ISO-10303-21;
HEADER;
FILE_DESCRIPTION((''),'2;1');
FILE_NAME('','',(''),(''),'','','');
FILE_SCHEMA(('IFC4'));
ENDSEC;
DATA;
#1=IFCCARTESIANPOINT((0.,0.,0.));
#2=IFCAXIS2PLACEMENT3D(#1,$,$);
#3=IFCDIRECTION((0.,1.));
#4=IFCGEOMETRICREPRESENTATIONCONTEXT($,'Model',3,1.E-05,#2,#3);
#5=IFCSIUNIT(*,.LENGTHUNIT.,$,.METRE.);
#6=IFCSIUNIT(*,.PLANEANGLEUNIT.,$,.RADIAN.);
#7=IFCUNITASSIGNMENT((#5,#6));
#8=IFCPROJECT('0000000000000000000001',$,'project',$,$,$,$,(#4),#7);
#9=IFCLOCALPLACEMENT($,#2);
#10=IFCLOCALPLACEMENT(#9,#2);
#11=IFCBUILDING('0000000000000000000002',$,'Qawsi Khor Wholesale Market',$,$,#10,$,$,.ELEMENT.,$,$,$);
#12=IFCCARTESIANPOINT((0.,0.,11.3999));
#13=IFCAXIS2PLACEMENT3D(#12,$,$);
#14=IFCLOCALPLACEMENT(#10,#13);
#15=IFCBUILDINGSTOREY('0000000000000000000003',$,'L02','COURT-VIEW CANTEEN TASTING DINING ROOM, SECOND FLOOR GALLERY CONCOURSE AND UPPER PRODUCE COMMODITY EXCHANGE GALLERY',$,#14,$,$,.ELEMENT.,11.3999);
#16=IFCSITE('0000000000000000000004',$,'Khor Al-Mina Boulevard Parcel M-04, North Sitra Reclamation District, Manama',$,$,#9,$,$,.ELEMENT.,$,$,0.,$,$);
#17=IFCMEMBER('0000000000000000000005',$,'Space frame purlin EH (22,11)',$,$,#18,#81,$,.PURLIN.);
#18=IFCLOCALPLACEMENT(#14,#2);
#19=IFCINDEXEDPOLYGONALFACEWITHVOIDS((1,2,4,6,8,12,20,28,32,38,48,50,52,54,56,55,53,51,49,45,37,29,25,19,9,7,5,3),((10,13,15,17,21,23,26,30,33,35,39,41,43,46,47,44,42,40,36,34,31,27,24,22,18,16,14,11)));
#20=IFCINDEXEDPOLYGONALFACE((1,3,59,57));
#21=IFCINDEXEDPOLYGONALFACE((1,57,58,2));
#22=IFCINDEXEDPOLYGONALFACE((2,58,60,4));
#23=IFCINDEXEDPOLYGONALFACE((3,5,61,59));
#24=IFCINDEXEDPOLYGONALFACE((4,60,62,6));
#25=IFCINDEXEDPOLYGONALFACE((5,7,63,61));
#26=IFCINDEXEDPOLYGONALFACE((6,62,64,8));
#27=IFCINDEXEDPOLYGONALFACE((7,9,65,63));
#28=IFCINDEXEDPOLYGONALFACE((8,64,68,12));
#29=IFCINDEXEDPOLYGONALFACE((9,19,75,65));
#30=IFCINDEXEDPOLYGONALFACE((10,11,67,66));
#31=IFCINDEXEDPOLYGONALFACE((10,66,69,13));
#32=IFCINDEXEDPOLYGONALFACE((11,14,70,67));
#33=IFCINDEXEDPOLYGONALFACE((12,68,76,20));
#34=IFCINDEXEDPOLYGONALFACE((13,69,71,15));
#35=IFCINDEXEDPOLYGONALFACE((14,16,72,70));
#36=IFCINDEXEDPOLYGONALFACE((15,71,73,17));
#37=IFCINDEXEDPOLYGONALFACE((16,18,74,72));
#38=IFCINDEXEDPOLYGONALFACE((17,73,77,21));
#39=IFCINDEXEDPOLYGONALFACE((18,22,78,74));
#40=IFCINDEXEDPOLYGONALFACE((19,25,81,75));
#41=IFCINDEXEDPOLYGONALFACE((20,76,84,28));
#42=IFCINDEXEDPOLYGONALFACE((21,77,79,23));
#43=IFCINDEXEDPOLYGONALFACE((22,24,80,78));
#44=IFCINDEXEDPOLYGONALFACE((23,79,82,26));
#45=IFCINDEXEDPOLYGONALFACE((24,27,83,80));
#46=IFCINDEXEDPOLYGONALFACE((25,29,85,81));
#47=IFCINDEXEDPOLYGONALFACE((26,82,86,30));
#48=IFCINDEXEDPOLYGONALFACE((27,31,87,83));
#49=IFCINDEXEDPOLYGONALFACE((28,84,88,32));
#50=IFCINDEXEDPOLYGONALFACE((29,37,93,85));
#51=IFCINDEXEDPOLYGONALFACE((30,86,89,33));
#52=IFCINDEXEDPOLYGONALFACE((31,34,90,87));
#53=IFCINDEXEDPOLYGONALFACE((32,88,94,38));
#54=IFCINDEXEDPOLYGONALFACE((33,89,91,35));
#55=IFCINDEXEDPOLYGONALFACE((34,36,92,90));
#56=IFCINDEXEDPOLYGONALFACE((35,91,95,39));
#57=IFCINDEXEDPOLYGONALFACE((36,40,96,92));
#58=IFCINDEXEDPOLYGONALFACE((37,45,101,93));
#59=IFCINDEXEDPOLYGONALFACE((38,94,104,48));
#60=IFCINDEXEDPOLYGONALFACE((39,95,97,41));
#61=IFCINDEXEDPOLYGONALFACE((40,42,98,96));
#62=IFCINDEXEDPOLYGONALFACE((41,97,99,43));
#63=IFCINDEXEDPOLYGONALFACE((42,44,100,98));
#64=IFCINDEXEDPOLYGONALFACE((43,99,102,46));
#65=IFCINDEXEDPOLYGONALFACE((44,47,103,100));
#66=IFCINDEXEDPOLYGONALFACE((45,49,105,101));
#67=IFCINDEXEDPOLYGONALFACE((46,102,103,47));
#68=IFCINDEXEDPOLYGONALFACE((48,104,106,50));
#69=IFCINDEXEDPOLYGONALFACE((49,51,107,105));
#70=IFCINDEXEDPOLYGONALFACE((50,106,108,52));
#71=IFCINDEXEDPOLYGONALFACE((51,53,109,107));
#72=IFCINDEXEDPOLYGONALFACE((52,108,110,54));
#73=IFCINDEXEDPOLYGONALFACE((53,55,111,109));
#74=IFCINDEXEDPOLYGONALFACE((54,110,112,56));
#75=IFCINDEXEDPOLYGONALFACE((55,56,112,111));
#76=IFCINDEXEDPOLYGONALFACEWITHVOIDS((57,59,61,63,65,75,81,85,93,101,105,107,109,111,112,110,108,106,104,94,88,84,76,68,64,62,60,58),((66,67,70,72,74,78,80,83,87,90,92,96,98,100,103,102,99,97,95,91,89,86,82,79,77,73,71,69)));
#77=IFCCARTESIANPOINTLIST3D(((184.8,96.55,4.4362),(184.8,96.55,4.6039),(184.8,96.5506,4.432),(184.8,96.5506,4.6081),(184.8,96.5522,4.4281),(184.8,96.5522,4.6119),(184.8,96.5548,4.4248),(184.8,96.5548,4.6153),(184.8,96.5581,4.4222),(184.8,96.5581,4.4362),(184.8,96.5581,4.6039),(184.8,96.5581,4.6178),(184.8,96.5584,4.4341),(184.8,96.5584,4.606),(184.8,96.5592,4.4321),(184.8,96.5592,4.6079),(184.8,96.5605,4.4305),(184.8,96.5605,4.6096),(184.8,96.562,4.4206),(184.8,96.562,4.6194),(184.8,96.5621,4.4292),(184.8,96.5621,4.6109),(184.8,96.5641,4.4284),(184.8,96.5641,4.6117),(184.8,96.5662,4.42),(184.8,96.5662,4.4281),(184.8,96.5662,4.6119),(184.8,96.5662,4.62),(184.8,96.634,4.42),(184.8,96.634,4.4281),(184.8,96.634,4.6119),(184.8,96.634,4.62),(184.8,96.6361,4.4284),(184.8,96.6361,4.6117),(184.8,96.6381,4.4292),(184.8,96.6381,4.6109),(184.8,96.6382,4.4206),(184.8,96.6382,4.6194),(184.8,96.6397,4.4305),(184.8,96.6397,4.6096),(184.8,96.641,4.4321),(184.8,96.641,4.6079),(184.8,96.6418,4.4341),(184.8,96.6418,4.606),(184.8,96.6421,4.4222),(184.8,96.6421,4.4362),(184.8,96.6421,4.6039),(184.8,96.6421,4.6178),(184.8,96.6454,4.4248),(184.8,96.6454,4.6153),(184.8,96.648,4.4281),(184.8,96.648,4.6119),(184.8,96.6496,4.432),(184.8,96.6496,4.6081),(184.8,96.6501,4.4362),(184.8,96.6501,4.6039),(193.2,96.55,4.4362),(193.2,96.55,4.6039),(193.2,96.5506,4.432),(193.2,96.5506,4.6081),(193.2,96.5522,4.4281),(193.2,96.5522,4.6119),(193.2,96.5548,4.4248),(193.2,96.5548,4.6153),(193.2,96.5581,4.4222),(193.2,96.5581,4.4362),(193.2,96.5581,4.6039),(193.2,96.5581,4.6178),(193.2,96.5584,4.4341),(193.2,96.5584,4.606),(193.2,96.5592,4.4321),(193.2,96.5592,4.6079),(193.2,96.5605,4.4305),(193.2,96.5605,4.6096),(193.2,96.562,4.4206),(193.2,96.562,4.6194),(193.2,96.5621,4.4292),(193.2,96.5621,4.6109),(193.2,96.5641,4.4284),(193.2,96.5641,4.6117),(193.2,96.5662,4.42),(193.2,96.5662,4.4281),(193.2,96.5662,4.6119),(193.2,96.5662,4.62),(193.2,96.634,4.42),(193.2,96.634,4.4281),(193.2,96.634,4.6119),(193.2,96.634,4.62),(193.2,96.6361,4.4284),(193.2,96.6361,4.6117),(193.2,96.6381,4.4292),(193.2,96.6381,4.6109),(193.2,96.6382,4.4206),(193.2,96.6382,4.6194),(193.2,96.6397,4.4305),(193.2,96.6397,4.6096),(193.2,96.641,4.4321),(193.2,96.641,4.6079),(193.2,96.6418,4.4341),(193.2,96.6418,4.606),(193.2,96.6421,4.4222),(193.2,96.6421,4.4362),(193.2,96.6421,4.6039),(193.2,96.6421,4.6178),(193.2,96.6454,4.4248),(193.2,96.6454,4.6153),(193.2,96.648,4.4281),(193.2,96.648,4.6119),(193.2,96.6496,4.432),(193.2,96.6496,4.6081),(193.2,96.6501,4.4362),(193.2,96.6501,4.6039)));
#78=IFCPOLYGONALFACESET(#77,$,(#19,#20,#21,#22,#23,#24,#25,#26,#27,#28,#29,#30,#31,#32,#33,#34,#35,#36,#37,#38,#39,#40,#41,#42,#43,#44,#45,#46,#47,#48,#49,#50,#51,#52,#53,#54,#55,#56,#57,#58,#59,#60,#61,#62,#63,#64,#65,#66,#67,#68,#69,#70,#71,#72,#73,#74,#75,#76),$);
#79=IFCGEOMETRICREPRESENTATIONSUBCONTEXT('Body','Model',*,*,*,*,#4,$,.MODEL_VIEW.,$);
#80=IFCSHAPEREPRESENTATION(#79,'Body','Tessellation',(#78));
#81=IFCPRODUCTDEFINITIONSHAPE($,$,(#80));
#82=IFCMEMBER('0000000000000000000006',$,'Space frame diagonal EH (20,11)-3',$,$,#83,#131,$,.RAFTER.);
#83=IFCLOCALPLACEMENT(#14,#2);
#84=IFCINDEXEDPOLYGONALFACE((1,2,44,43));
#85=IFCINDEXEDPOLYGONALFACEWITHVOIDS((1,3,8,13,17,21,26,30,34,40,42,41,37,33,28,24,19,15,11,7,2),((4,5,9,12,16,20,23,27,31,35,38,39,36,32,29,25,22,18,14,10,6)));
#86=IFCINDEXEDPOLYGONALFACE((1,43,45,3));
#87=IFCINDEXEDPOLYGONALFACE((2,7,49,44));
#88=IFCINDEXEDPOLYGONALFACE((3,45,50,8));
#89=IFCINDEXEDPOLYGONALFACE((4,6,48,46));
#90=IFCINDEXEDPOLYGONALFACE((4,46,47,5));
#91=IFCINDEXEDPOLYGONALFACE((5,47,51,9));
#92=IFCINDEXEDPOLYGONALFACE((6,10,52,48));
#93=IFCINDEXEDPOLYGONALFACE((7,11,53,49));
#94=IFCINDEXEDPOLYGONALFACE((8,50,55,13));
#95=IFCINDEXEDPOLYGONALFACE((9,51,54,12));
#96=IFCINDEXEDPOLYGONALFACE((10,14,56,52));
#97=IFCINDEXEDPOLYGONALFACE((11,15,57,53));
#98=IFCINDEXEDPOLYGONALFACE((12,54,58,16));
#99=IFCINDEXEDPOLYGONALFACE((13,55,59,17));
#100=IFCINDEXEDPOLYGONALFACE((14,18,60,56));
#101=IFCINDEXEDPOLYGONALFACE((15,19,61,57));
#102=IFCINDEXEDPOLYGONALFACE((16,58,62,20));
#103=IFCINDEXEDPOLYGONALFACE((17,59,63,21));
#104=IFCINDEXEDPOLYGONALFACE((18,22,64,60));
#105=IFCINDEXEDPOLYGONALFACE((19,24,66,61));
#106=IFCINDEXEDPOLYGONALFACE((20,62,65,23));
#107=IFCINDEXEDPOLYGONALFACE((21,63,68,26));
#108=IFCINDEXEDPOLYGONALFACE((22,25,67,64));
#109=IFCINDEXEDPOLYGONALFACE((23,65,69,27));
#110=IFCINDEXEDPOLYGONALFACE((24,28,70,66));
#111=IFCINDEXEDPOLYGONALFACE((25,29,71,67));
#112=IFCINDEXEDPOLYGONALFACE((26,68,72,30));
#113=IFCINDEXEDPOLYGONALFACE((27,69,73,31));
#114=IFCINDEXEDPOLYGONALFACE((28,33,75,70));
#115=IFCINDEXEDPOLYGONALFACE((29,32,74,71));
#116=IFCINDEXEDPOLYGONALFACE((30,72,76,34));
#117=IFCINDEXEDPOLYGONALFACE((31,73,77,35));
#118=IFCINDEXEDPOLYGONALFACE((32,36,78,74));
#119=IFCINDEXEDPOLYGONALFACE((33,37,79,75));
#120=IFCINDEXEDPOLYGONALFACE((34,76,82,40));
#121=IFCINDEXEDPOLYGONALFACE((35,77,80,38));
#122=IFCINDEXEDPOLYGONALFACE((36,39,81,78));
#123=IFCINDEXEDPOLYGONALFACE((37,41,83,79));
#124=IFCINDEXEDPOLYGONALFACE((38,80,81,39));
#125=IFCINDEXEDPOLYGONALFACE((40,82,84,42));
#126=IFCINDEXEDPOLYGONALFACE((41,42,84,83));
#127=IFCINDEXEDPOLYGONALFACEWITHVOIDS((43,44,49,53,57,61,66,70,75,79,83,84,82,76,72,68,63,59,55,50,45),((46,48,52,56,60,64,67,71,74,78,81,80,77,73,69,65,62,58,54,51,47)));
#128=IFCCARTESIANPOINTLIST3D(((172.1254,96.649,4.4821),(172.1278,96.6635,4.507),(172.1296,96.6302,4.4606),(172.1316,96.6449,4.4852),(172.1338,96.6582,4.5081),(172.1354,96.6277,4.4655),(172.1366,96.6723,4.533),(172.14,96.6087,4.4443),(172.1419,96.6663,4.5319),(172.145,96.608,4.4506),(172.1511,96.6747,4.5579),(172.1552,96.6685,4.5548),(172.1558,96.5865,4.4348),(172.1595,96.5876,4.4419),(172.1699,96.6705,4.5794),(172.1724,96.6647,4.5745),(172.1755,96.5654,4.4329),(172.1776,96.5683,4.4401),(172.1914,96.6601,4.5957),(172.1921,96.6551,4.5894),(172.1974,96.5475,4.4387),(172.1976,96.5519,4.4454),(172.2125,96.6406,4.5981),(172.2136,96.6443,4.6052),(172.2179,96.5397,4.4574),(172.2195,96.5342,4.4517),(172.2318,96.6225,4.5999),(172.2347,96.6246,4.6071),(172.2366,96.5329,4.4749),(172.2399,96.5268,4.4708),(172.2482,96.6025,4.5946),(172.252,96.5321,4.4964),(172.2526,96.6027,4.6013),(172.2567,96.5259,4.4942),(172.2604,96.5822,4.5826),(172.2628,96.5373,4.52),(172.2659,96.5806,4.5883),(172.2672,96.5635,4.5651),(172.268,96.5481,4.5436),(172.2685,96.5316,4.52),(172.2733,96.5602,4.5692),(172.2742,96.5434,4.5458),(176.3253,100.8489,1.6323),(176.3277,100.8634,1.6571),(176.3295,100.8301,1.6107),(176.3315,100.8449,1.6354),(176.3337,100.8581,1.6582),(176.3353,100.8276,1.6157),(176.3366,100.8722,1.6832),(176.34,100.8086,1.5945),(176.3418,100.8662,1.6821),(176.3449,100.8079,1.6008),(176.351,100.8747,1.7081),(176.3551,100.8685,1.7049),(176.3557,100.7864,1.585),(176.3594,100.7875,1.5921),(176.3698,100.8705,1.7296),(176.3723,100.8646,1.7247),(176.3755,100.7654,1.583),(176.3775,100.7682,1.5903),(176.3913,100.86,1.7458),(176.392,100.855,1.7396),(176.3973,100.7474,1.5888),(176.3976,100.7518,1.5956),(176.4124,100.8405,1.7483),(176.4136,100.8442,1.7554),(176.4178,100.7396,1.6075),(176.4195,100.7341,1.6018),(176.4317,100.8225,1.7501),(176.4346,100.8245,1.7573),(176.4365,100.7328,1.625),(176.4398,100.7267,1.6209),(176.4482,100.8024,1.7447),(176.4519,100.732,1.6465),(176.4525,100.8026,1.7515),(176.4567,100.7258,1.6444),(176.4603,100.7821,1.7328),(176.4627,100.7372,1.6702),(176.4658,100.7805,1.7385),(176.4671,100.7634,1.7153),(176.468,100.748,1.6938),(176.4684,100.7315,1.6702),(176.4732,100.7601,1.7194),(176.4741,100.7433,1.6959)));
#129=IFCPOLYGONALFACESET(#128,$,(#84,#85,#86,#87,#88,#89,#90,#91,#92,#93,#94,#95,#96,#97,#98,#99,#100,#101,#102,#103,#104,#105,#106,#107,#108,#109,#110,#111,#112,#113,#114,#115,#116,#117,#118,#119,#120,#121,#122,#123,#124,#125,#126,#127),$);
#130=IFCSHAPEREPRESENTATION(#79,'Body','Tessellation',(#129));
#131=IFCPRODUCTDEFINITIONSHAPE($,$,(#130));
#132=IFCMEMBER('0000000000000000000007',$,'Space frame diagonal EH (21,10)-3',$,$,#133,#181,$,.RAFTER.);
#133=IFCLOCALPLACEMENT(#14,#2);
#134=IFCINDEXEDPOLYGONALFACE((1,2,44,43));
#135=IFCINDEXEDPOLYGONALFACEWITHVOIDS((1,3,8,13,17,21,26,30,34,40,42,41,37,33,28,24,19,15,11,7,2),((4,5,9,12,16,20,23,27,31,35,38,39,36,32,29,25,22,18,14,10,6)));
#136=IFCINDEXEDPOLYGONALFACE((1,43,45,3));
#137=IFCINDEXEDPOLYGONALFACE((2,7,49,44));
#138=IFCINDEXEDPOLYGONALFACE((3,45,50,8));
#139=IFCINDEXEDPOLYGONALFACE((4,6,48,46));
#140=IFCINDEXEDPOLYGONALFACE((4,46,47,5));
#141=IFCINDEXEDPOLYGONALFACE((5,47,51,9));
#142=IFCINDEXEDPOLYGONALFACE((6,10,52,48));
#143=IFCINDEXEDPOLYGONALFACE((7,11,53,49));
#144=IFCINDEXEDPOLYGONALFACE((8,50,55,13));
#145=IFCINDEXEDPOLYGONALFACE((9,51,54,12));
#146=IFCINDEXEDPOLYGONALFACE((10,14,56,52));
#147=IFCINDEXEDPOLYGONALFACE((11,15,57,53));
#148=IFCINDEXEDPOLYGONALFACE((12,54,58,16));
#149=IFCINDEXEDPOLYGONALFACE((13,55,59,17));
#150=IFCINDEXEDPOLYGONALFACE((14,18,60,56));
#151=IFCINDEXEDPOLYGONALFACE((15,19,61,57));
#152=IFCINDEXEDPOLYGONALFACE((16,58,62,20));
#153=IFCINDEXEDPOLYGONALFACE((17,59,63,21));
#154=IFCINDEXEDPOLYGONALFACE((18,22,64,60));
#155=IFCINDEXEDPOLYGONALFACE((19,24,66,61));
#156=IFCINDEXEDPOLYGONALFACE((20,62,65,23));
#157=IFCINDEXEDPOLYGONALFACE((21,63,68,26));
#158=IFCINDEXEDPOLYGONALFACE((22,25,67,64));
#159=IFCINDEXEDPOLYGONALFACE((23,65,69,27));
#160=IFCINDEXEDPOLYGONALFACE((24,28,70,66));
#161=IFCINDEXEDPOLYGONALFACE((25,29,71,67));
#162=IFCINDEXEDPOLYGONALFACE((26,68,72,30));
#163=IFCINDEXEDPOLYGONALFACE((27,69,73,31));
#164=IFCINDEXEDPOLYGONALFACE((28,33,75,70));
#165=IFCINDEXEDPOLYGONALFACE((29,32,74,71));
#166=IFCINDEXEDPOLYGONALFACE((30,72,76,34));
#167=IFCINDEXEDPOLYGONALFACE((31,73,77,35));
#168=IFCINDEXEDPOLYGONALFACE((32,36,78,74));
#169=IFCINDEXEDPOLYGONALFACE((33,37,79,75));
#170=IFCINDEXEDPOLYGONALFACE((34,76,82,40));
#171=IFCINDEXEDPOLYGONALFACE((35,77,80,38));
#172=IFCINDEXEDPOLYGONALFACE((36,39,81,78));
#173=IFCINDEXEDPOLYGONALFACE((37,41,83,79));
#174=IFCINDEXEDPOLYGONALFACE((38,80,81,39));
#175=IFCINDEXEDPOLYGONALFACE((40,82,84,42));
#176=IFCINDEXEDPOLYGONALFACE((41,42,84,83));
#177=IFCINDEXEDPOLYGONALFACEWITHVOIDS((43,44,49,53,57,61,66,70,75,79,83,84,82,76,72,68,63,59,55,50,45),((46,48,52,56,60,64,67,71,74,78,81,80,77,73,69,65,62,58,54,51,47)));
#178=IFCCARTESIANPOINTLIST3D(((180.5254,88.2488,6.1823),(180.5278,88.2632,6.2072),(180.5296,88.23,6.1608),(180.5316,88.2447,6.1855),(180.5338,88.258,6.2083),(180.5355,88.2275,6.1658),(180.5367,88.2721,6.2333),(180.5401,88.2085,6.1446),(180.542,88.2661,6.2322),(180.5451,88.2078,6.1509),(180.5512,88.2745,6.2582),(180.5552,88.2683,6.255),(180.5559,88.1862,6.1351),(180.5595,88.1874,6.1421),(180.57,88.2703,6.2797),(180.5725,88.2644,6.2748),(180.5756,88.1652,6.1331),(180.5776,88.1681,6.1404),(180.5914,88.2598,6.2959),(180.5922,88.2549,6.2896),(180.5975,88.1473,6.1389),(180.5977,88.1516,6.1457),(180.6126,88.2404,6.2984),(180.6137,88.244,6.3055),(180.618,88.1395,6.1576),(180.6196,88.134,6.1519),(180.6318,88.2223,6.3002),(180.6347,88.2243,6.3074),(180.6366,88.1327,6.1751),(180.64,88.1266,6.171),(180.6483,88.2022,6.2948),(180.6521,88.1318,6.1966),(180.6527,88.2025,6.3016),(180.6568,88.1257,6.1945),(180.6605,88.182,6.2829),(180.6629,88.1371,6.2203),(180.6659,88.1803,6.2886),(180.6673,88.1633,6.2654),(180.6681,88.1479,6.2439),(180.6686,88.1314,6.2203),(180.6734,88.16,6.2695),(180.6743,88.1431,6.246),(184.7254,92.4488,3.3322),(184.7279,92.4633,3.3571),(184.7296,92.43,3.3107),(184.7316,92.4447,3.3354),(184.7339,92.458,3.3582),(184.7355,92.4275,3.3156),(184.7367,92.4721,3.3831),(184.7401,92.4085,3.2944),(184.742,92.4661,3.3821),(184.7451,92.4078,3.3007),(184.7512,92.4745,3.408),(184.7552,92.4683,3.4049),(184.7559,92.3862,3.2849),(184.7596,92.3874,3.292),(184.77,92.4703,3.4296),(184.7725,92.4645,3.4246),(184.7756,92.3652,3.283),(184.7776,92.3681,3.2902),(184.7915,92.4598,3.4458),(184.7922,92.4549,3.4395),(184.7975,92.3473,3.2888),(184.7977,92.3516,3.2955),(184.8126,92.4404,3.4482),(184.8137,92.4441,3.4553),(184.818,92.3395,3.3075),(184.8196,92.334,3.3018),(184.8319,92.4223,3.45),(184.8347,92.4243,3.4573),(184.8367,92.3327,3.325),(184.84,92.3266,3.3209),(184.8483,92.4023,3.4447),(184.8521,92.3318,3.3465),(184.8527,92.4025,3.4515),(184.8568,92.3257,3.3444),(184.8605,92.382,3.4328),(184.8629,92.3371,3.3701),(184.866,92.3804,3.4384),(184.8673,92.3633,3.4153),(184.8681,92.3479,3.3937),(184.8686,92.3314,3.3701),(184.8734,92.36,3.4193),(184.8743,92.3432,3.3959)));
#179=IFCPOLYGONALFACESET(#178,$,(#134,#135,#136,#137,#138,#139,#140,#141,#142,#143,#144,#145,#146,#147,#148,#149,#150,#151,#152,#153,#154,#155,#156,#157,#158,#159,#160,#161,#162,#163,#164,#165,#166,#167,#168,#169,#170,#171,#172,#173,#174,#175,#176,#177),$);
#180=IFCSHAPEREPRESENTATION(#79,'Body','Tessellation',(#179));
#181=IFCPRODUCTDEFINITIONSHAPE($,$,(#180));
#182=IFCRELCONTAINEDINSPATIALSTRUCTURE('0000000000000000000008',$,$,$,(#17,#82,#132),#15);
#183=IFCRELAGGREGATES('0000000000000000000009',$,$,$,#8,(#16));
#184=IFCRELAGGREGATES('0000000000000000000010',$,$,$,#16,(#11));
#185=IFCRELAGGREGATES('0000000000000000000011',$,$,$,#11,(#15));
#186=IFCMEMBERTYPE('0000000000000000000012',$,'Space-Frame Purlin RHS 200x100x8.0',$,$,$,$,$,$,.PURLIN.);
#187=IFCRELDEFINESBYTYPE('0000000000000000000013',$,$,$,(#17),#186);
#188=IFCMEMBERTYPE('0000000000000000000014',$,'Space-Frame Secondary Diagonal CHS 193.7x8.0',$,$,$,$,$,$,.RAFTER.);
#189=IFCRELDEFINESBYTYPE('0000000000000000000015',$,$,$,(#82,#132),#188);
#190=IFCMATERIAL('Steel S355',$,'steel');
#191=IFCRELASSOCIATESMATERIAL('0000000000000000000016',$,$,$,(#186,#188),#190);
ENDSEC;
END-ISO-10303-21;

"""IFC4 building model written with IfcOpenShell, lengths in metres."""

from ifc_helpers import new_model, si_unit, direction, frame, origin, origin_2d, place, context, subcontext, project, spatial, hollow_rectangle, hollow_circle, extrude, material, material_profile, profile_set, type_object, element, save


model = new_model("IFC4")

# Units and contexts
model_context = context("Model", 3, precision=1e-05, world=origin(), true_north=direction((0.0, 1.0)))
body_context = subcontext(model_context, "Body", "Model", "MODEL_VIEW")
ifc_project = project(units=[si_unit("LENGTHUNIT", "METRE"), si_unit("PLANEANGLEUNIT", "RADIAN")], contexts=[model_context])

# Site, building, storey
site_placement = place(None, origin())
site = spatial("IfcSite", under=ifc_project, at=site_placement, Name="Khor Al-Mina Boulevard Parcel M-04, North Sitra Reclamation District, Manama", CompositionType="ELEMENT", RefElevation=0.0)
building_placement = place(site_placement, origin())
building = spatial("IfcBuilding", under=site, at=building_placement, Name="Qawsi Khor Wholesale Market", CompositionType="ELEMENT")
storey_placement = place(building_placement, frame((0.0, 0.0, 11.3999)))
storey = spatial("IfcBuildingStorey", under=building, at=storey_placement, Name="L02", Description="COURT-VIEW CANTEEN TASTING DINING ROOM, SECOND FLOOR GALLERY CONCOURSE AND UPPER PRODUCE COMMODITY EXCHANGE GALLERY", CompositionType="ELEMENT", Elevation=11.3999)

# Members
ifc_material_1 = material(Name="Steel S355", Category="steel")
ifc_material_profile_1 = material_profile(ifc_material_1, hollow_rectangle(XDim=0.1001, YDim=0.2, WallThickness=0.0081, InnerFilletRadius=0.0081, OuterFilletRadius=0.0161, at=origin_2d()), Name="RHS 200x100x8.0")
ifc_profile_set_1 = profile_set([ifc_material_profile_1], Name="Steel S355")
member_type_1 = type_object("IfcMemberType", Name="Space-Frame Purlin RHS 200x100x8.0", PredefinedType="PURLIN", material=ifc_profile_set_1)
member_1_placement = place(storey_placement, frame((184.8, 96.6001, 4.52), z_axis=(1.0, 0.0, 0.0), x_axis=(0.0, 1.0, 0.0)))
element("IfcMember", 1, at=member_1_placement, inside=storey, type_object=member_type_1, Name="Space frame purlin EH (22,11)", PredefinedType="PURLIN", context=body_context, shape_type="SweptSolid", body=[
    extrude(hollow_rectangle(XDim=0.1001, YDim=0.2, WallThickness=0.0081, InnerFilletRadius=0.0081, OuterFilletRadius=0.0161, at=origin_2d()), origin(), (0.0, 0.0, 1.0), 8.3999),
])
ifc_material_profile_2 = material_profile(ifc_material_1, hollow_circle(Radius=0.0969, WallThickness=0.0081, at=origin_2d()), Name="CHS 193.7x8.0")
ifc_profile_set_2 = profile_set([ifc_material_profile_2], Name="Steel S355")
member_type_2 = type_object("IfcMemberType", Name="Space-Frame Secondary Diagonal CHS 193.7x8.0", PredefinedType="RAFTER", material=ifc_profile_set_2)
member_2_placement = place(storey_placement, frame((176.3999, 100.8, 1.6702), z_axis=(-0.637522, -0.637522, 0.432587), x_axis=(0.707107, -0.707107, 0.0)))
element("IfcMember", 2, at=member_2_placement, inside=storey, type_object=member_type_2, Name="Space frame diagonal EH (20,11)-3", PredefinedType="RAFTER", context=body_context, shape_type="SweptSolid", body=[
    extrude(hollow_circle(Radius=0.0969, WallThickness=0.0081, at=origin_2d()), origin(), (0.0, 0.0, 1.0), 6.5879),
])
for number, where, z_axis, x_axis, name in (
    (3, (184.8, 92.3999, 3.3701), (-0.637512, -0.637512, 0.432617), (0.707107, -0.707107, 0.0), "Space frame diagonal EH (21,10)-3"),
):
    element("IfcMember", number, at=place(storey_placement, frame(where, z_axis=z_axis, x_axis=x_axis)), inside=storey, type_object=member_type_2, Name=name, PredefinedType="RAFTER", context=body_context, shape_type="SweptSolid", body=[
        extrude(hollow_circle(Radius=0.0969, WallThickness=0.0081, at=origin_2d()), origin(), (0.0, 0.0, 1.0), 6.5881),
    ])

save(model, "model.ifc")
